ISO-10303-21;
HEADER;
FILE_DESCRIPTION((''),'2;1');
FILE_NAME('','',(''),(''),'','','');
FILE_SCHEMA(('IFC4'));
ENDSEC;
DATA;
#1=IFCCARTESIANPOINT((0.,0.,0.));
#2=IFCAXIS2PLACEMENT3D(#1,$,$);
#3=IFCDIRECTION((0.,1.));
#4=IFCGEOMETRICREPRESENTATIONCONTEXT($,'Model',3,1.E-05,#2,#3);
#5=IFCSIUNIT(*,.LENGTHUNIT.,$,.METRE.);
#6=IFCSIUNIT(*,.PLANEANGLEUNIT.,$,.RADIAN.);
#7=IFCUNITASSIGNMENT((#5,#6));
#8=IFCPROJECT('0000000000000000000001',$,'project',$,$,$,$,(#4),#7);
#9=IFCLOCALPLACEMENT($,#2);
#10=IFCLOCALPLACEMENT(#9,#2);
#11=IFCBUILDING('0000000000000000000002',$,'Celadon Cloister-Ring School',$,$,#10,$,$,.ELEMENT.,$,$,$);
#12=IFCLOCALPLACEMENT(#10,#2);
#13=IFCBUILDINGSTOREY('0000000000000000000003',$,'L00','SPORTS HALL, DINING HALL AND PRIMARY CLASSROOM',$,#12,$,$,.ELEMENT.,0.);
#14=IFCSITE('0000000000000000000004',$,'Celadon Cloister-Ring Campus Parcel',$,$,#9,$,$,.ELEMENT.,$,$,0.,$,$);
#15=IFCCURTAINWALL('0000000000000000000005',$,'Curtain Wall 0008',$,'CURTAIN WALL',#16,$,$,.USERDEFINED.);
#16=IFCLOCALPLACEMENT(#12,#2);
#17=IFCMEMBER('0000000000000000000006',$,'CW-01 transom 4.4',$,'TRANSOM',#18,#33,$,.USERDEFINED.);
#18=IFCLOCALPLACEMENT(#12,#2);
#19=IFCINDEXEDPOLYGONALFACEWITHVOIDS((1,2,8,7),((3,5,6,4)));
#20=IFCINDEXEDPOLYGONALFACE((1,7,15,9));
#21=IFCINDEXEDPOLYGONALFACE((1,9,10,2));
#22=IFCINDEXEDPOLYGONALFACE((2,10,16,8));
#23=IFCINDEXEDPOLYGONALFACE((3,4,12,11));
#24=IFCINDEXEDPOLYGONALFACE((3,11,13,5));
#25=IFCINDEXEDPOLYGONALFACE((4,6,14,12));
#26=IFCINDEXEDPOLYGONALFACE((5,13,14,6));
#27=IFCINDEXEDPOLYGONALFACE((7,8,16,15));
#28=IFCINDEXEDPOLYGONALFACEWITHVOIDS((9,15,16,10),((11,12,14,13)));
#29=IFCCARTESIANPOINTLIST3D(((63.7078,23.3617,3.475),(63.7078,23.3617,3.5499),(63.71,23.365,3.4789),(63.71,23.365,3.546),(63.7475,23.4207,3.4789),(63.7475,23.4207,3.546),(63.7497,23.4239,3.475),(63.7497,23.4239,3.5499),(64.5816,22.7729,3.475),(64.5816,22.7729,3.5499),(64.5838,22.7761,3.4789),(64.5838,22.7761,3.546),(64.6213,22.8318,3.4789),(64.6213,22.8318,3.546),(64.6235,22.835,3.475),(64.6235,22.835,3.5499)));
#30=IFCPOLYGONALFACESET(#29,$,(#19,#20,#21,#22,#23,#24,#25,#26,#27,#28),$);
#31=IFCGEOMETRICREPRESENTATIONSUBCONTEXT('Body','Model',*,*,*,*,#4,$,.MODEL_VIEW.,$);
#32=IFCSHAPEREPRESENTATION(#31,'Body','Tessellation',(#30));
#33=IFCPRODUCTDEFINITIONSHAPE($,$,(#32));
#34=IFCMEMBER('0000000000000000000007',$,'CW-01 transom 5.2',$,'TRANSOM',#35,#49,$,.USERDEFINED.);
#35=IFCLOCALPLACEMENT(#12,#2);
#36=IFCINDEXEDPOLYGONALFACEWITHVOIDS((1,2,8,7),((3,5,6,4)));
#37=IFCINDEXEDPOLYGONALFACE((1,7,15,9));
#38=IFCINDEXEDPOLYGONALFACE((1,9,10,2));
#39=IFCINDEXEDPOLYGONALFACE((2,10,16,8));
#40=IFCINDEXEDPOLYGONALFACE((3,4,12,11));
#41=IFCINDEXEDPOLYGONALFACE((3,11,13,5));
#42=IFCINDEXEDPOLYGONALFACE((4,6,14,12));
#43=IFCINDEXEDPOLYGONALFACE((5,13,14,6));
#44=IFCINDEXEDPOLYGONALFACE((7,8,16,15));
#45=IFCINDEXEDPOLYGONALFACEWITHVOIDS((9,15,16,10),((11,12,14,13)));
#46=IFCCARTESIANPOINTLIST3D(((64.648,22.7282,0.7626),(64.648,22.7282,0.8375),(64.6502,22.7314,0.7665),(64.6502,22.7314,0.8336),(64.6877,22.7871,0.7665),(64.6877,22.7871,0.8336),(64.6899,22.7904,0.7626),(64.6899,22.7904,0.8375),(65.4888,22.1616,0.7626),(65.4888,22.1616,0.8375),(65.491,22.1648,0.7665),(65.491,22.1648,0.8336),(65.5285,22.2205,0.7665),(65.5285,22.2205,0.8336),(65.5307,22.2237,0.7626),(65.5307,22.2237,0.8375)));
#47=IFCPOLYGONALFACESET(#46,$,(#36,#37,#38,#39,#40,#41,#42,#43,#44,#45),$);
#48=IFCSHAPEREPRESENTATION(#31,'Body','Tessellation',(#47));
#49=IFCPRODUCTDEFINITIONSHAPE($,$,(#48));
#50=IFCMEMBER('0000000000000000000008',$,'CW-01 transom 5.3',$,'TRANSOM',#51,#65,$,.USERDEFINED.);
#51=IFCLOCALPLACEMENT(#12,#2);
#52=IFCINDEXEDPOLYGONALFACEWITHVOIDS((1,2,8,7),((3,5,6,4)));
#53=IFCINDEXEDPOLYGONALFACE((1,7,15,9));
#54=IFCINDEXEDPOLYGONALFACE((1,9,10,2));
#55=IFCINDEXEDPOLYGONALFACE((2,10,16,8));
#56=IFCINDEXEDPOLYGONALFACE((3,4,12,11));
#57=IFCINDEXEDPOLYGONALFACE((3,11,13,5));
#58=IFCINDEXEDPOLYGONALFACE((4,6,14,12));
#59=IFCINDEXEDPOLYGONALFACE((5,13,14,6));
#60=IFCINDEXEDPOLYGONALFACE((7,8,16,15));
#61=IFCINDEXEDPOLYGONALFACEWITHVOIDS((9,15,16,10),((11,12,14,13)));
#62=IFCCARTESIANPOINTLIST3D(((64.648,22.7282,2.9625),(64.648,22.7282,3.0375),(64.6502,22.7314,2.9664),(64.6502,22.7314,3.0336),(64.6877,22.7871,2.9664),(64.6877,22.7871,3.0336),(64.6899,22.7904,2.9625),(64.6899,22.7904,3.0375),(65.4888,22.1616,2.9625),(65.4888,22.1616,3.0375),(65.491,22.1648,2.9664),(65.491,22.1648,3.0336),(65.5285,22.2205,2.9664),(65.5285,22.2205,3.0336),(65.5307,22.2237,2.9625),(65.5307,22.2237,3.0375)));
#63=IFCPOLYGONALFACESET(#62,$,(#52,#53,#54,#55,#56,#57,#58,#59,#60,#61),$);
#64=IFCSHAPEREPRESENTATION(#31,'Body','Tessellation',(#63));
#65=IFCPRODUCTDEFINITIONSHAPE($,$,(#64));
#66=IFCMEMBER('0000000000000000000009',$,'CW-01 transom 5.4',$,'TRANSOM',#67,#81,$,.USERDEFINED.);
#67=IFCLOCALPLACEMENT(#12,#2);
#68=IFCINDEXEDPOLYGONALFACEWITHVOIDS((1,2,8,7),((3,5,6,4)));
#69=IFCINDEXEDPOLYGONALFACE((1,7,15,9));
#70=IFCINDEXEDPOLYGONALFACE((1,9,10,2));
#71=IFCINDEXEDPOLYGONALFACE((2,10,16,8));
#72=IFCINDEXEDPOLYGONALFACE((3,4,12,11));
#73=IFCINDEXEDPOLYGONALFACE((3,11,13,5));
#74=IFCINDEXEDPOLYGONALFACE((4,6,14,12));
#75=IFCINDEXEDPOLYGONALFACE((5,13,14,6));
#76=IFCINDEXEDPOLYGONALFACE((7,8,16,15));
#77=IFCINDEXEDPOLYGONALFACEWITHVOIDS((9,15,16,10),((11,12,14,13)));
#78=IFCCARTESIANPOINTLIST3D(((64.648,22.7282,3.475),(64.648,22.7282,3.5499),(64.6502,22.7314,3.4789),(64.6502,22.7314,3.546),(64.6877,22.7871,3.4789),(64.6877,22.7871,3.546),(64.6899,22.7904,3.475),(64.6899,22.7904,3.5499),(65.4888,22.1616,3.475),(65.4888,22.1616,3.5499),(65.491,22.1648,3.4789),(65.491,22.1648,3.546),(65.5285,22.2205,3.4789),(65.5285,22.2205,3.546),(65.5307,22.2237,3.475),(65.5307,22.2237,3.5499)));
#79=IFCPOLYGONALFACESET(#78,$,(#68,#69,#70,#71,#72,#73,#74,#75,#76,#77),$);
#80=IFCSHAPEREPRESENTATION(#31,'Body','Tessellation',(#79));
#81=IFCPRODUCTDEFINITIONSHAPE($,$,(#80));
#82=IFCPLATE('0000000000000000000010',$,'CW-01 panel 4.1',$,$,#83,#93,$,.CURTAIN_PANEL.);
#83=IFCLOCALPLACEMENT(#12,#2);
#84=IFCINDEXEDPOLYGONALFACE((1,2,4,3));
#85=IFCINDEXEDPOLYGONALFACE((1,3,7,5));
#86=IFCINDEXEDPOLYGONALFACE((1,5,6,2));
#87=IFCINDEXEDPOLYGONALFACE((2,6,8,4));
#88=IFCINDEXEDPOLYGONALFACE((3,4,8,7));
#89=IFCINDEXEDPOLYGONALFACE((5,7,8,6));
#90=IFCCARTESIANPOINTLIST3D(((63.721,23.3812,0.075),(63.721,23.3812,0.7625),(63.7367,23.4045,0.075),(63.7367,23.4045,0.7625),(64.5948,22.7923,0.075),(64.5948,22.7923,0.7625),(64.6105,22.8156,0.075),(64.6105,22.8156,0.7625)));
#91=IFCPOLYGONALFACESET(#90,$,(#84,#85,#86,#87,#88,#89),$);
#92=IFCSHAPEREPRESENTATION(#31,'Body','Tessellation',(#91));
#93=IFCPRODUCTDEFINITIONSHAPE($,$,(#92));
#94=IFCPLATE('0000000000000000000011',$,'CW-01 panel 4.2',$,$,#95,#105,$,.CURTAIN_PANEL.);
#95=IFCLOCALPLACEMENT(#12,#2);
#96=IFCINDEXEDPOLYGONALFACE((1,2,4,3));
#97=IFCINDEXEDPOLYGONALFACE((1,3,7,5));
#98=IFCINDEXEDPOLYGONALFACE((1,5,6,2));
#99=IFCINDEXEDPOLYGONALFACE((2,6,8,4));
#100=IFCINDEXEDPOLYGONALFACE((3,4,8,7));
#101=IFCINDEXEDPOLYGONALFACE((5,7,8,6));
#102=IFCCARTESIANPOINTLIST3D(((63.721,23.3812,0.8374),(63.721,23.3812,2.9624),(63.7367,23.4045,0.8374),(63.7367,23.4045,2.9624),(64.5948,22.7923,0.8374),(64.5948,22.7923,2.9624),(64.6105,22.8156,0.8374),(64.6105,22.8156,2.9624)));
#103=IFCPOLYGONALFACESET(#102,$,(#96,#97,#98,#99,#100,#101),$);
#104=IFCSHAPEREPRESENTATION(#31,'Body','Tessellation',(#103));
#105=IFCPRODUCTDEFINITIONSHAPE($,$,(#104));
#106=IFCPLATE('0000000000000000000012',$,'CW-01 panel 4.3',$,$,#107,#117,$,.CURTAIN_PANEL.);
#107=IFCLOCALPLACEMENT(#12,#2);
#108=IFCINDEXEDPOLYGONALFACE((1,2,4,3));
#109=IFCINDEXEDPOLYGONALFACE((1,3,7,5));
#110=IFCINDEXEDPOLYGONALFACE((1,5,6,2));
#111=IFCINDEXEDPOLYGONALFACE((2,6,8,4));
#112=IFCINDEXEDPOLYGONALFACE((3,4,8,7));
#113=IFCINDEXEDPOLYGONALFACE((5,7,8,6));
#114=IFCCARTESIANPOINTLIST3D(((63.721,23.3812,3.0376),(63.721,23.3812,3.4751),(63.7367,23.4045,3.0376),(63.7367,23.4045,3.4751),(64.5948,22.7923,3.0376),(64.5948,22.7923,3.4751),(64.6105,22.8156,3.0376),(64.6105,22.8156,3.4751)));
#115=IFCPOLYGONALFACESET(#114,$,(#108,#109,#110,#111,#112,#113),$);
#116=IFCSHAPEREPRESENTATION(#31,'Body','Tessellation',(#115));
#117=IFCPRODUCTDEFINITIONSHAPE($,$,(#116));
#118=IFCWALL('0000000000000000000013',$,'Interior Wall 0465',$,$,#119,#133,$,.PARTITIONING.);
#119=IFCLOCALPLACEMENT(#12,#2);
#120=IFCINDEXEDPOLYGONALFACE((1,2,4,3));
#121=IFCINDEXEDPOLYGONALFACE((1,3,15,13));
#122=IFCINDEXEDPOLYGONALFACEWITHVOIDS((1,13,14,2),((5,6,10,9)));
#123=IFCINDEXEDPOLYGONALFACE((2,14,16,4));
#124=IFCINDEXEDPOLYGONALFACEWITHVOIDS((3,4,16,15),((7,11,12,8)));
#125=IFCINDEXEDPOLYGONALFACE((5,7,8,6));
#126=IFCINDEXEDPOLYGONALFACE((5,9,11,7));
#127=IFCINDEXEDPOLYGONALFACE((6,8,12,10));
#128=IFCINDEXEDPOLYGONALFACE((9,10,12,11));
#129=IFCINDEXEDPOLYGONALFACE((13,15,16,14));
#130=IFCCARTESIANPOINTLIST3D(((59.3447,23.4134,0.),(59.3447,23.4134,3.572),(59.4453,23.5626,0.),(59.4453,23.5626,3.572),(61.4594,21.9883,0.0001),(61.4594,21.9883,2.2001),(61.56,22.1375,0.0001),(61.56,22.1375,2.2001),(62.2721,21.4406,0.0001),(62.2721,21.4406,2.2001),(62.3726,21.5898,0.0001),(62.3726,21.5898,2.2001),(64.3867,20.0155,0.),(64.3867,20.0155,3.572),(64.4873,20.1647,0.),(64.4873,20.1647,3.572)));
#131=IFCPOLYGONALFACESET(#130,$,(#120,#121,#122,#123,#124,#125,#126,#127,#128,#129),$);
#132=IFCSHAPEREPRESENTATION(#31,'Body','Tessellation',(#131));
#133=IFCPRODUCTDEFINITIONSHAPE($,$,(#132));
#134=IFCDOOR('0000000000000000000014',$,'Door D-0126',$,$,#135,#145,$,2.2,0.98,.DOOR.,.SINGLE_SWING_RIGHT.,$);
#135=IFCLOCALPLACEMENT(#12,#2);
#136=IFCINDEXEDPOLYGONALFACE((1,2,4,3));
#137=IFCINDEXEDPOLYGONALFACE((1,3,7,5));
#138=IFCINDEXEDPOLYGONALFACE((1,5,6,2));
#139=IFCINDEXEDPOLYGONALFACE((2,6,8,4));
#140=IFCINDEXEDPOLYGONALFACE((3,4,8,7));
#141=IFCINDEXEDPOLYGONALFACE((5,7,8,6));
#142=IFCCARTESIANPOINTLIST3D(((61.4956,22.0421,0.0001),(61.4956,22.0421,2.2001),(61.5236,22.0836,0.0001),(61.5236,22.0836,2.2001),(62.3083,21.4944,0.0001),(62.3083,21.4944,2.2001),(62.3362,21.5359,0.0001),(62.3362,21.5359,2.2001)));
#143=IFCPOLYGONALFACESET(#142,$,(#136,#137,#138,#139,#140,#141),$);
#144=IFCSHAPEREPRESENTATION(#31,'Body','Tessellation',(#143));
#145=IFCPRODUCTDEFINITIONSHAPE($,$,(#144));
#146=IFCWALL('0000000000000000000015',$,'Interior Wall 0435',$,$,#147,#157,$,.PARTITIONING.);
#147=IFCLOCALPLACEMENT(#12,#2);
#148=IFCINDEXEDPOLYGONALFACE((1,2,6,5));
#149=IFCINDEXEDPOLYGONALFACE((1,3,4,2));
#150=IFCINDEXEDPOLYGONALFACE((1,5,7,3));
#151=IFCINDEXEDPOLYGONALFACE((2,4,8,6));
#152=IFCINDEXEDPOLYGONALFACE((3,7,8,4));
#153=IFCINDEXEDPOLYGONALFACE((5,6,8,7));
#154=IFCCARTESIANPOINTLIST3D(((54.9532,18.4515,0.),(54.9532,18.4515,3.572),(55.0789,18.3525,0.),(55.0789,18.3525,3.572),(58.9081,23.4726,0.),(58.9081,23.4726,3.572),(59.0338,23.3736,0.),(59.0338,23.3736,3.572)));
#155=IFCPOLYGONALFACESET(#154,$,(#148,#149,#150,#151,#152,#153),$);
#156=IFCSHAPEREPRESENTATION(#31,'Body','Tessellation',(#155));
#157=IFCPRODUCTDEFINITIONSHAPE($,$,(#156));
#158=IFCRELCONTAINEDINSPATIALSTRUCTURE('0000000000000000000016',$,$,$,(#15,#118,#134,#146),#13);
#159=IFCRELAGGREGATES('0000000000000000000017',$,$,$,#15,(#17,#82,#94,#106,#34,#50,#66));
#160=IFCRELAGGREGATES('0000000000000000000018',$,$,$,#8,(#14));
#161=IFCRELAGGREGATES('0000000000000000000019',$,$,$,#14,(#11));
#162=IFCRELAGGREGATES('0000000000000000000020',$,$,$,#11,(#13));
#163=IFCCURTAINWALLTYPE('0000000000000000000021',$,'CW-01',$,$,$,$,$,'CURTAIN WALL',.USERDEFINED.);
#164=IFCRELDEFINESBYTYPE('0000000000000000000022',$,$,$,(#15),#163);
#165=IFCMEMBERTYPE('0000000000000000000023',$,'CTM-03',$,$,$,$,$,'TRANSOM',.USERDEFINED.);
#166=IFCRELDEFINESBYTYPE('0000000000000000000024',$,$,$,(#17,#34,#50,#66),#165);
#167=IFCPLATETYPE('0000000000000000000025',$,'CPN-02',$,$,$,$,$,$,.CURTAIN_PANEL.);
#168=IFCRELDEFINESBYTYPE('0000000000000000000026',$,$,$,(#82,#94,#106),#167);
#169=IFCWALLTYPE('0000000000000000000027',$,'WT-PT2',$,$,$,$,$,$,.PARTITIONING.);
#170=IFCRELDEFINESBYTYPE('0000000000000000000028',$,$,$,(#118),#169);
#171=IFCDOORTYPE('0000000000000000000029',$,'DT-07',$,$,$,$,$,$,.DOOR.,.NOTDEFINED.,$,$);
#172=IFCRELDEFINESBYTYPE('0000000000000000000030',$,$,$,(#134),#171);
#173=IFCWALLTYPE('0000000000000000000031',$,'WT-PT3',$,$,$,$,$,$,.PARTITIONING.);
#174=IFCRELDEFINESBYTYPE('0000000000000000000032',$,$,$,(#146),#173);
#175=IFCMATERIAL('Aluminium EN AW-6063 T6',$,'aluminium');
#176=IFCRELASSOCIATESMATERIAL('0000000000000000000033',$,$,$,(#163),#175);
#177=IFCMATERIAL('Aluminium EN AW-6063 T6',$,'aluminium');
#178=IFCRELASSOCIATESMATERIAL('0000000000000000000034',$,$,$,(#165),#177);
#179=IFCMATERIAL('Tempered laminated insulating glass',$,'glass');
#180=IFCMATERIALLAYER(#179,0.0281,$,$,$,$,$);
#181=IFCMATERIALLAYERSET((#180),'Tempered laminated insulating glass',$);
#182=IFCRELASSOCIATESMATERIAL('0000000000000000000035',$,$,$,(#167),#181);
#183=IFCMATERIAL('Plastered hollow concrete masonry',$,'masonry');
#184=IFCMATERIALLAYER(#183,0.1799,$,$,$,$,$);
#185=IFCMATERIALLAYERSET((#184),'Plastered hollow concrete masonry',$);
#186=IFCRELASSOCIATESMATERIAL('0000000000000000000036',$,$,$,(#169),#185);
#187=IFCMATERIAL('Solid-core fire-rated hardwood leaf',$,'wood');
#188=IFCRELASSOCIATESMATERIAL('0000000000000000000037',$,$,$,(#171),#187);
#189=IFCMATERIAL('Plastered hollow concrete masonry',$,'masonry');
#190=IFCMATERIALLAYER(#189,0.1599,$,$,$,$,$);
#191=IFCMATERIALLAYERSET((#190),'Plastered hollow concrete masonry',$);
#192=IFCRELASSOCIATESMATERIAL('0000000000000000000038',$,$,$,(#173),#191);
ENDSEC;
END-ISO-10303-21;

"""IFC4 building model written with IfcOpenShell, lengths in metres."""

from ifc_helpers import new_model, si_unit, direction, frame, frame_2d, origin, origin_2d, place, context, subcontext, project, spatial, rectangle, hollow_rectangle, extrude, material, layer, layer_set, material_profile, profile_set, type_object, element, fill, aggregate, save


model = new_model("IFC4")

# Units and contexts
model_context = context("Model", 3, precision=1e-05, world=origin(), true_north=direction((0.0, 1.0)))
body_context = subcontext(model_context, "Body", "Model", "MODEL_VIEW")
ifc_project = project(units=[si_unit("LENGTHUNIT", "METRE"), si_unit("PLANEANGLEUNIT", "RADIAN")], contexts=[model_context])

# Site, building, storey
site_placement = place(None, origin())
site = spatial("IfcSite", under=ifc_project, at=site_placement, Name="Celadon Cloister-Ring Campus Parcel", CompositionType="ELEMENT", RefElevation=0.0)
building_placement = place(site_placement, origin())
building = spatial("IfcBuilding", under=site, at=building_placement, Name="Celadon Cloister-Ring School", CompositionType="ELEMENT")
storey_placement = place(building_placement, origin())
storey = spatial("IfcBuildingStorey", under=building, at=storey_placement, Name="L00", Description="SPORTS HALL, DINING HALL AND PRIMARY CLASSROOM", CompositionType="ELEMENT", Elevation=0.0)

# Curtain wall, members, plates
ifc_material_1 = material(Name="Aluminium EN AW-6063 T6", Category="aluminium")
curtain_wall_type = type_object("IfcCurtainWallType", Name="CW-01", ElementType="CURTAIN WALL", PredefinedType="USERDEFINED", material=ifc_material_1)
curtain_wall_placement = place(storey_placement, origin())
curtain_wall = element("IfcCurtainWall", 1, at=curtain_wall_placement, inside=storey, type_object=curtain_wall_type, Name="Curtain Wall 0008", ObjectType="CURTAIN WALL", PredefinedType="USERDEFINED")
ifc_material_2 = material(Name="Aluminium EN AW-6063 T6", Category="aluminium")
ifc_material_profile_1 = material_profile(ifc_material_2, hollow_rectangle(XDim=0.075, YDim=0.075, WallThickness=0.0039, at=origin_2d()), Name="RHS75X75X4")
ifc_profile_set_1 = profile_set([ifc_material_profile_1], Name="Aluminium EN AW-6063 T6")
member_type_1 = type_object("IfcMemberType", Name="CTM-03", ElementType="TRANSOM", PredefinedType="USERDEFINED", material=ifc_profile_set_1)
member_1_placement = place(storey_placement, frame((63.7288, 23.3928, 3.5125), z_axis=(0.829259, -0.558864, 0.0), x_axis=(0.558864, 0.829259, 0.0)))
member_1 = element("IfcMember", 2, at=member_1_placement, type_object=member_type_1, Name="CW-01 transom 4.4", ObjectType="TRANSOM", PredefinedType="USERDEFINED", context=body_context, shape_type="SweptSolid", body=[
    extrude(hollow_rectangle(XDim=0.075, YDim=0.075, WallThickness=0.0039, at=origin_2d()), origin(), (0.0, 0.0, 1.0), 1.0537),
])
member_2_placement = place(storey_placement, frame((64.6689, 22.7593, 0.8), z_axis=(0.829262, -0.558861, 0.0), x_axis=(0.558861, 0.829262, 0.0)))
member_2 = element("IfcMember", 3, at=member_2_placement, type_object=member_type_1, Name="CW-01 transom 5.2", ObjectType="TRANSOM", PredefinedType="USERDEFINED", context=body_context, shape_type="SweptSolid", body=[
    extrude(hollow_rectangle(XDim=0.075, YDim=0.075, WallThickness=0.0039, at=origin_2d()), origin(), (0.0, 0.0, 1.0), 1.0139),
])
member_3_placement = place(storey_placement, frame((64.6689, 22.7593, 3.0), z_axis=(0.829262, -0.558861, 0.0), x_axis=(0.558861, 0.829262, 0.0)))
member_3 = element("IfcMember", 4, at=member_3_placement, type_object=member_type_1, Name="CW-01 transom 5.3", ObjectType="TRANSOM", PredefinedType="USERDEFINED", context=body_context, shape_type="SweptSolid", body=[
    extrude(hollow_rectangle(XDim=0.075, YDim=0.075, WallThickness=0.0039, at=origin_2d()), origin(), (0.0, 0.0, 1.0), 1.0139),
])
member_4_placement = place(storey_placement, frame((64.6689, 22.7593, 3.5125), z_axis=(0.829262, -0.558861, 0.0), x_axis=(0.558861, 0.829262, 0.0)))
member_4 = element("IfcMember", 5, at=member_4_placement, type_object=member_type_1, Name="CW-01 transom 5.4", ObjectType="TRANSOM", PredefinedType="USERDEFINED", context=body_context, shape_type="SweptSolid", body=[
    extrude(hollow_rectangle(XDim=0.075, YDim=0.075, WallThickness=0.0039, at=origin_2d()), origin(), (0.0, 0.0, 1.0), 1.0139),
])
ifc_material_3 = material(Name="Tempered laminated insulating glass", Category="glass")
ifc_layer_1 = layer(ifc_material_3, 0.0281)
ifc_layer_set_1 = layer_set([ifc_layer_1], Name="Tempered laminated insulating glass")
plate_type = type_object("IfcPlateType", Name="CPN-02", PredefinedType="CURTAIN_PANEL", material=ifc_layer_set_1)
plate_1_placement = place(storey_placement, frame((64.1658, 23.0984, 0.075), z_axis=(0.0, 0.0, 1.0), x_axis=(0.829272, -0.558846, 0.0)))
plate_1 = element("IfcPlate", 6, at=plate_1_placement, type_object=plate_type, Name="CW-01 panel 4.1", PredefinedType="CURTAIN_PANEL", context=body_context, shape_type="SweptSolid", body=[
    extrude(rectangle(XDim=1.0537, YDim=0.0281, at=origin_2d()), origin(), (0.0, 0.0, 1.0), 0.6875),
])
plate_2_placement = place(storey_placement, frame((64.1658, 23.0984, 0.8374), z_axis=(0.0, 0.0, 1.0), x_axis=(0.829272, -0.558846, 0.0)))
plate_2 = element("IfcPlate", 7, at=plate_2_placement, type_object=plate_type, Name="CW-01 panel 4.2", PredefinedType="CURTAIN_PANEL", context=body_context, shape_type="SweptSolid", body=[
    extrude(rectangle(XDim=1.0537, YDim=0.0281, at=origin_2d()), origin(), (0.0, 0.0, 1.0), 2.125),
])
plate_3_placement = place(storey_placement, frame((64.1658, 23.0984, 3.0376), z_axis=(0.0, 0.0, 1.0), x_axis=(0.829272, -0.558846, 0.0)))
plate_3 = element("IfcPlate", 8, at=plate_3_placement, type_object=plate_type, Name="CW-01 panel 4.3", PredefinedType="CURTAIN_PANEL", context=body_context, shape_type="SweptSolid", body=[
    extrude(rectangle(XDim=1.0537, YDim=0.0281, at=origin_2d()), origin(), (0.0, 0.0, 1.0), 0.4375),
])
aggregate(curtain_wall, [member_1, plate_1, plate_2, plate_3, member_2, member_3, member_4])

# Wall, opening, door
ifc_material_4 = material(Name="Plastered hollow concrete masonry", Category="masonry")
ifc_layer_2 = layer(ifc_material_4, 0.1799)
ifc_layer_set_2 = layer_set([ifc_layer_2], Name="Plastered hollow concrete masonry")
wall_type_1 = type_object("IfcWallType", Name="WT-PT2", PredefinedType="PARTITIONING", material=ifc_layer_set_2)
wall_1_placement = place(storey_placement, frame((59.395, 23.488, 0.0), z_axis=(0.0, 0.0, 1.0), x_axis=(0.82926, -0.558863, 0.0)))
wall_1 = element("IfcWall", 9, at=wall_1_placement, inside=storey, type_object=wall_type_1, Name="Interior Wall 0465", PredefinedType="PARTITIONING", context=body_context, shape_type="SweptSolid", body=[
    extrude(rectangle(XDim=6.0801, YDim=0.1799, at=frame_2d((3.04, 0.0))), origin(), (0.0, 0.0, 1.0), 3.572),
])
opening_placement = place(wall_1_placement, frame((2.55, 0.0, 0.0)))
opening = element("IfcOpeningElement", 10, at=opening_placement, cuts=wall_1, PredefinedType="OPENING", context=body_context, shape_type="SweptSolid", body=[
    extrude(rectangle(XDim=0.98, YDim=2.2, at=frame_2d((0.49, 1.1001))), frame((0.0, 0.1001, 0.0), z_axis=(0.0, -1.0, 0.0), x_axis=(1.0, 0.0, 0.0)), (0.0, 0.0, 1.0), 0.2),
])
ifc_material_5 = material(Name="Solid-core fire-rated hardwood leaf", Category="wood")
door_type = type_object("IfcDoorType", Name="DT-07", OperationType="NOTDEFINED", PredefinedType="DOOR", material=ifc_material_5)
door_placement = place(opening_placement, origin())
door = element("IfcDoor", 11, at=door_placement, inside=storey, type_object=door_type, Name="Door D-0126", OperationType="SINGLE_SWING_RIGHT", OverallHeight=2.2, OverallWidth=0.98, PredefinedType="DOOR", context=body_context, shape_type="SweptSolid", body=[
    extrude(rectangle(XDim=0.98, YDim=2.2, at=frame_2d((0.49, 1.1001))), frame((0.0, 0.0249, 0.0), z_axis=(0.0, -1.0, 0.0), x_axis=(1.0, 0.0, 0.0)), (0.0, 0.0, 1.0), 0.05),
])
fill(opening, door)

# Wall
ifc_material_6 = material(Name="Plastered hollow concrete masonry", Category="masonry")
ifc_layer_3 = layer(ifc_material_6, 0.1599)
ifc_layer_set_3 = layer_set([ifc_layer_3], Name="Plastered hollow concrete masonry")
wall_type_2 = type_object("IfcWallType", Name="WT-PT3", PredefinedType="PARTITIONING", material=ifc_layer_set_3)
wall_2_placement = place(storey_placement, frame((58.9709, 23.4231, 0.0), z_axis=(0.0, 0.0, 1.0), x_axis=(-0.618766, -0.785576, 0.0)))
element("IfcWall", 12, at=wall_2_placement, inside=storey, type_object=wall_type_2, Name="Interior Wall 0435", PredefinedType="PARTITIONING", context=body_context, shape_type="SweptSolid", body=[
    extrude(rectangle(XDim=6.3916, YDim=0.1599, at=frame_2d((3.1958, 0.0))), origin(), (0.0, 0.0, 1.0), 3.572),
])

save(model, "model.ifc")
